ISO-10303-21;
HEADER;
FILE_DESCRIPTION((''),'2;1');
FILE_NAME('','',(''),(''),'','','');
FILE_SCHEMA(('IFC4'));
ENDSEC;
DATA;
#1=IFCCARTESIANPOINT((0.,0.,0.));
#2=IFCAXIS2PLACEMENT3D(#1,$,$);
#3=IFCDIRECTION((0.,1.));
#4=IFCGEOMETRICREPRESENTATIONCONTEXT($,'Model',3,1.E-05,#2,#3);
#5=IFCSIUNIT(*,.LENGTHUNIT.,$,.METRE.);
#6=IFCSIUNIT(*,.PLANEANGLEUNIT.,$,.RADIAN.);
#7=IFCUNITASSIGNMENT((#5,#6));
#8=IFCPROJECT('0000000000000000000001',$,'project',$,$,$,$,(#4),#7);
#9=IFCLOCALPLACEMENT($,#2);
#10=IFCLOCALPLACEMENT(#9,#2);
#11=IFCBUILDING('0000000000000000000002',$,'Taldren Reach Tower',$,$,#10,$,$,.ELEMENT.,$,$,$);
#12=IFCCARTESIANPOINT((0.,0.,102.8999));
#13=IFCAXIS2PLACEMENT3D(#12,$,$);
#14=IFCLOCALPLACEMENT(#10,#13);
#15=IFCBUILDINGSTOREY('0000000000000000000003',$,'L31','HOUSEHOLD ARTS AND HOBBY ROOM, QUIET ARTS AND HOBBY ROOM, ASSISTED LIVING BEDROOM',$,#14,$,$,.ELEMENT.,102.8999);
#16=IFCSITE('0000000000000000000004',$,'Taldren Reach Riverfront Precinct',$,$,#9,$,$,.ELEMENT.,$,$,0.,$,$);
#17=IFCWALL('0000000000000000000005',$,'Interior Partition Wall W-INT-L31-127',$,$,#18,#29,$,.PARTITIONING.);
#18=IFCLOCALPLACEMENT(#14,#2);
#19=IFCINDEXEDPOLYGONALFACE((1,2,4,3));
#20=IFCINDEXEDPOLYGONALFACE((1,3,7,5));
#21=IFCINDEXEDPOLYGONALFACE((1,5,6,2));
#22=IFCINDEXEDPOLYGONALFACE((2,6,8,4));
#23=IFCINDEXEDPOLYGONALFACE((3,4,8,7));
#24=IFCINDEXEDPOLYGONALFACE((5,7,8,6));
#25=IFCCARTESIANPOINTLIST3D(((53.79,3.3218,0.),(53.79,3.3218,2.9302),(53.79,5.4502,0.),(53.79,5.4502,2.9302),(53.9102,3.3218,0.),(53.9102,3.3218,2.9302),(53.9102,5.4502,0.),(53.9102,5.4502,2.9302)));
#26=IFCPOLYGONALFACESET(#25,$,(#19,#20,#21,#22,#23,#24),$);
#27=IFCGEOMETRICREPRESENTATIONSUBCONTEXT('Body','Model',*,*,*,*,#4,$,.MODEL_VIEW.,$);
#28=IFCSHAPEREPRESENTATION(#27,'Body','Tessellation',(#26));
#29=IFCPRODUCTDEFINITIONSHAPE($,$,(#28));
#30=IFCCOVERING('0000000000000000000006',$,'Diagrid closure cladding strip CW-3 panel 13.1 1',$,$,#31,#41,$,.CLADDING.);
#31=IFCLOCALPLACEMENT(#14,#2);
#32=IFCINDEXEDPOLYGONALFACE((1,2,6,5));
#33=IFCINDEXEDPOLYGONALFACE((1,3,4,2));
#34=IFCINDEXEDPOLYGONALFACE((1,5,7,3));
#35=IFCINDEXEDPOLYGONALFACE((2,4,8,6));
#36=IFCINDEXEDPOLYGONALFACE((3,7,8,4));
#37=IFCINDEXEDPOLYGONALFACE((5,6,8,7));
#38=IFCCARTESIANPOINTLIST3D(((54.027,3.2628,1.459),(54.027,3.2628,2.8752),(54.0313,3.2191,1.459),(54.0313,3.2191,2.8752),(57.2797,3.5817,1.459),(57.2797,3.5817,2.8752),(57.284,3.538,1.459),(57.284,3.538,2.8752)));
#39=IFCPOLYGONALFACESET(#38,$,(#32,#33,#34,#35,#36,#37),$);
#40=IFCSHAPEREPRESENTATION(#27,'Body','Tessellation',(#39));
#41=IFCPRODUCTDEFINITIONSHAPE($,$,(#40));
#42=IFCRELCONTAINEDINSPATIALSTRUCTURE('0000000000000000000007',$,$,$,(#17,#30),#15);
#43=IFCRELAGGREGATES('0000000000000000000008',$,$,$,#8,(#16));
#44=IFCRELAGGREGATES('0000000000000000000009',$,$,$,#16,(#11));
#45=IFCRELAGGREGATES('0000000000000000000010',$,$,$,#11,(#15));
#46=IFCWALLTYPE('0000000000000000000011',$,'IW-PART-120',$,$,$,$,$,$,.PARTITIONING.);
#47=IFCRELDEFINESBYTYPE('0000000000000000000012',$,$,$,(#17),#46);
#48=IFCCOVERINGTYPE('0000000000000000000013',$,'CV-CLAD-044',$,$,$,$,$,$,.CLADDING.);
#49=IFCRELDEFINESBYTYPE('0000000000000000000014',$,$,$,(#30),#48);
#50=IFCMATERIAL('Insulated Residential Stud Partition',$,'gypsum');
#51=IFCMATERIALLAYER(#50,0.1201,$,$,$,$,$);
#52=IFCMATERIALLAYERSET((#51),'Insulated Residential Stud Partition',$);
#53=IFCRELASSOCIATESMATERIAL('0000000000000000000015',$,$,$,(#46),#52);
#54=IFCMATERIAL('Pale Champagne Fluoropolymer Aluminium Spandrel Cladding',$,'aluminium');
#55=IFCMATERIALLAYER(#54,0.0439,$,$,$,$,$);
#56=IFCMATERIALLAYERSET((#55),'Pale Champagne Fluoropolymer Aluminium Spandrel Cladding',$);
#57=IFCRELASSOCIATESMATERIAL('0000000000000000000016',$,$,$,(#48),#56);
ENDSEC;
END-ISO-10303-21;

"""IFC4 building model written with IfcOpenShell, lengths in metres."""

from ifc_helpers import new_model, si_unit, direction, frame, frame_2d, origin, origin_2d, place, context, subcontext, project, spatial, rectangle, extrude, source, transform, mapped, material, layer, layer_set, type_object, element, save


model = new_model("IFC4")

# Units and contexts
model_context = context("Model", 3, precision=1e-05, world=origin(), true_north=direction((0.0, 1.0)))
body_context = subcontext(model_context, "Body", "Model", "MODEL_VIEW")
ifc_project = project(units=[si_unit("LENGTHUNIT", "METRE"), si_unit("PLANEANGLEUNIT", "RADIAN")], contexts=[model_context])

# Site, building, storey
site_placement = place(None, origin())
site = spatial("IfcSite", under=ifc_project, at=site_placement, Name="Taldren Reach Riverfront Precinct", CompositionType="ELEMENT", RefElevation=0.0)
building_placement = place(site_placement, origin())
building = spatial("IfcBuilding", under=site, at=building_placement, Name="Taldren Reach Tower", CompositionType="ELEMENT")
storey_placement = place(building_placement, frame((0.0, 0.0, 102.8999)))
storey = spatial("IfcBuildingStorey", under=building, at=storey_placement, Name="L31", Description="HOUSEHOLD ARTS AND HOBBY ROOM, QUIET ARTS AND HOBBY ROOM, ASSISTED LIVING BEDROOM", CompositionType="ELEMENT", Elevation=102.8999)

# Shared definitions
ifc_material_1 = material(Name="Insulated Residential Stud Partition", Category="gypsum")
ifc_layer_1 = layer(ifc_material_1, 0.1201)
ifc_layer_set_1 = layer_set([ifc_layer_1], Name="Insulated Residential Stud Partition")
wall_type = type_object("IfcWallType", Name="IW-PART-120", PredefinedType="PARTITIONING", material=ifc_layer_set_1)

# Wall
shared_shape_1 = source(origin(), body_context, "Body", "SweptSolid", [
    extrude(rectangle(XDim=2.1284, YDim=0.1201, at=frame_2d((1.0642, 0.0))), origin(), (0.0, 0.0, 1.0), 2.9302),
])
wall_1_placement = place(storey_placement, frame((53.8501, 3.3218, 0.0), z_axis=(0.0, 0.0, 1.0), x_axis=(0.0, 1.0, 0.0)))
element("IfcWall", 1, at=wall_1_placement, inside=storey, type_object=wall_type, Name="Interior Partition Wall W-INT-L31-127", PredefinedType="PARTITIONING", context=body_context, shape_type="MappedRepresentation", body=[
    mapped(shared_shape_1, transform((0.0, 0.0, 0.0), scale=1.0)),
])

# Covering
ifc_material_2 = material(Name="Pale Champagne Fluoropolymer Aluminium Spandrel Cladding", Category="aluminium")
ifc_layer_2 = layer(ifc_material_2, 0.0439)
ifc_layer_set_2 = layer_set([ifc_layer_2], Name="Pale Champagne Fluoropolymer Aluminium Spandrel Cladding")
covering_type = type_object("IfcCoveringType", Name="CV-CLAD-044", PredefinedType="CLADDING", material=ifc_layer_set_2)
shared_shape_2 = source(origin(), body_context, "Body", "SweptSolid", [
    extrude(rectangle(XDim=3.2683, YDim=0.0439, at=origin_2d()), origin(), (0.0, 0.0, 1.0), 1.4163),
])
covering_placement = place(storey_placement, frame((55.6555, 3.4004, 1.459), z_axis=(0.0, 0.0, 1.0), x_axis=(0.995227, 0.097583, 0.0)))
element("IfcCovering", 2, at=covering_placement, inside=storey, type_object=covering_type, Name="Diagrid closure cladding strip CW-3 panel 13.1 1", PredefinedType="CLADDING", context=body_context, shape_type="MappedRepresentation", body=[
    mapped(shared_shape_2, transform((0.0, 0.0, 0.0), scale=1.0)),
])

save(model, "model.ifc")
